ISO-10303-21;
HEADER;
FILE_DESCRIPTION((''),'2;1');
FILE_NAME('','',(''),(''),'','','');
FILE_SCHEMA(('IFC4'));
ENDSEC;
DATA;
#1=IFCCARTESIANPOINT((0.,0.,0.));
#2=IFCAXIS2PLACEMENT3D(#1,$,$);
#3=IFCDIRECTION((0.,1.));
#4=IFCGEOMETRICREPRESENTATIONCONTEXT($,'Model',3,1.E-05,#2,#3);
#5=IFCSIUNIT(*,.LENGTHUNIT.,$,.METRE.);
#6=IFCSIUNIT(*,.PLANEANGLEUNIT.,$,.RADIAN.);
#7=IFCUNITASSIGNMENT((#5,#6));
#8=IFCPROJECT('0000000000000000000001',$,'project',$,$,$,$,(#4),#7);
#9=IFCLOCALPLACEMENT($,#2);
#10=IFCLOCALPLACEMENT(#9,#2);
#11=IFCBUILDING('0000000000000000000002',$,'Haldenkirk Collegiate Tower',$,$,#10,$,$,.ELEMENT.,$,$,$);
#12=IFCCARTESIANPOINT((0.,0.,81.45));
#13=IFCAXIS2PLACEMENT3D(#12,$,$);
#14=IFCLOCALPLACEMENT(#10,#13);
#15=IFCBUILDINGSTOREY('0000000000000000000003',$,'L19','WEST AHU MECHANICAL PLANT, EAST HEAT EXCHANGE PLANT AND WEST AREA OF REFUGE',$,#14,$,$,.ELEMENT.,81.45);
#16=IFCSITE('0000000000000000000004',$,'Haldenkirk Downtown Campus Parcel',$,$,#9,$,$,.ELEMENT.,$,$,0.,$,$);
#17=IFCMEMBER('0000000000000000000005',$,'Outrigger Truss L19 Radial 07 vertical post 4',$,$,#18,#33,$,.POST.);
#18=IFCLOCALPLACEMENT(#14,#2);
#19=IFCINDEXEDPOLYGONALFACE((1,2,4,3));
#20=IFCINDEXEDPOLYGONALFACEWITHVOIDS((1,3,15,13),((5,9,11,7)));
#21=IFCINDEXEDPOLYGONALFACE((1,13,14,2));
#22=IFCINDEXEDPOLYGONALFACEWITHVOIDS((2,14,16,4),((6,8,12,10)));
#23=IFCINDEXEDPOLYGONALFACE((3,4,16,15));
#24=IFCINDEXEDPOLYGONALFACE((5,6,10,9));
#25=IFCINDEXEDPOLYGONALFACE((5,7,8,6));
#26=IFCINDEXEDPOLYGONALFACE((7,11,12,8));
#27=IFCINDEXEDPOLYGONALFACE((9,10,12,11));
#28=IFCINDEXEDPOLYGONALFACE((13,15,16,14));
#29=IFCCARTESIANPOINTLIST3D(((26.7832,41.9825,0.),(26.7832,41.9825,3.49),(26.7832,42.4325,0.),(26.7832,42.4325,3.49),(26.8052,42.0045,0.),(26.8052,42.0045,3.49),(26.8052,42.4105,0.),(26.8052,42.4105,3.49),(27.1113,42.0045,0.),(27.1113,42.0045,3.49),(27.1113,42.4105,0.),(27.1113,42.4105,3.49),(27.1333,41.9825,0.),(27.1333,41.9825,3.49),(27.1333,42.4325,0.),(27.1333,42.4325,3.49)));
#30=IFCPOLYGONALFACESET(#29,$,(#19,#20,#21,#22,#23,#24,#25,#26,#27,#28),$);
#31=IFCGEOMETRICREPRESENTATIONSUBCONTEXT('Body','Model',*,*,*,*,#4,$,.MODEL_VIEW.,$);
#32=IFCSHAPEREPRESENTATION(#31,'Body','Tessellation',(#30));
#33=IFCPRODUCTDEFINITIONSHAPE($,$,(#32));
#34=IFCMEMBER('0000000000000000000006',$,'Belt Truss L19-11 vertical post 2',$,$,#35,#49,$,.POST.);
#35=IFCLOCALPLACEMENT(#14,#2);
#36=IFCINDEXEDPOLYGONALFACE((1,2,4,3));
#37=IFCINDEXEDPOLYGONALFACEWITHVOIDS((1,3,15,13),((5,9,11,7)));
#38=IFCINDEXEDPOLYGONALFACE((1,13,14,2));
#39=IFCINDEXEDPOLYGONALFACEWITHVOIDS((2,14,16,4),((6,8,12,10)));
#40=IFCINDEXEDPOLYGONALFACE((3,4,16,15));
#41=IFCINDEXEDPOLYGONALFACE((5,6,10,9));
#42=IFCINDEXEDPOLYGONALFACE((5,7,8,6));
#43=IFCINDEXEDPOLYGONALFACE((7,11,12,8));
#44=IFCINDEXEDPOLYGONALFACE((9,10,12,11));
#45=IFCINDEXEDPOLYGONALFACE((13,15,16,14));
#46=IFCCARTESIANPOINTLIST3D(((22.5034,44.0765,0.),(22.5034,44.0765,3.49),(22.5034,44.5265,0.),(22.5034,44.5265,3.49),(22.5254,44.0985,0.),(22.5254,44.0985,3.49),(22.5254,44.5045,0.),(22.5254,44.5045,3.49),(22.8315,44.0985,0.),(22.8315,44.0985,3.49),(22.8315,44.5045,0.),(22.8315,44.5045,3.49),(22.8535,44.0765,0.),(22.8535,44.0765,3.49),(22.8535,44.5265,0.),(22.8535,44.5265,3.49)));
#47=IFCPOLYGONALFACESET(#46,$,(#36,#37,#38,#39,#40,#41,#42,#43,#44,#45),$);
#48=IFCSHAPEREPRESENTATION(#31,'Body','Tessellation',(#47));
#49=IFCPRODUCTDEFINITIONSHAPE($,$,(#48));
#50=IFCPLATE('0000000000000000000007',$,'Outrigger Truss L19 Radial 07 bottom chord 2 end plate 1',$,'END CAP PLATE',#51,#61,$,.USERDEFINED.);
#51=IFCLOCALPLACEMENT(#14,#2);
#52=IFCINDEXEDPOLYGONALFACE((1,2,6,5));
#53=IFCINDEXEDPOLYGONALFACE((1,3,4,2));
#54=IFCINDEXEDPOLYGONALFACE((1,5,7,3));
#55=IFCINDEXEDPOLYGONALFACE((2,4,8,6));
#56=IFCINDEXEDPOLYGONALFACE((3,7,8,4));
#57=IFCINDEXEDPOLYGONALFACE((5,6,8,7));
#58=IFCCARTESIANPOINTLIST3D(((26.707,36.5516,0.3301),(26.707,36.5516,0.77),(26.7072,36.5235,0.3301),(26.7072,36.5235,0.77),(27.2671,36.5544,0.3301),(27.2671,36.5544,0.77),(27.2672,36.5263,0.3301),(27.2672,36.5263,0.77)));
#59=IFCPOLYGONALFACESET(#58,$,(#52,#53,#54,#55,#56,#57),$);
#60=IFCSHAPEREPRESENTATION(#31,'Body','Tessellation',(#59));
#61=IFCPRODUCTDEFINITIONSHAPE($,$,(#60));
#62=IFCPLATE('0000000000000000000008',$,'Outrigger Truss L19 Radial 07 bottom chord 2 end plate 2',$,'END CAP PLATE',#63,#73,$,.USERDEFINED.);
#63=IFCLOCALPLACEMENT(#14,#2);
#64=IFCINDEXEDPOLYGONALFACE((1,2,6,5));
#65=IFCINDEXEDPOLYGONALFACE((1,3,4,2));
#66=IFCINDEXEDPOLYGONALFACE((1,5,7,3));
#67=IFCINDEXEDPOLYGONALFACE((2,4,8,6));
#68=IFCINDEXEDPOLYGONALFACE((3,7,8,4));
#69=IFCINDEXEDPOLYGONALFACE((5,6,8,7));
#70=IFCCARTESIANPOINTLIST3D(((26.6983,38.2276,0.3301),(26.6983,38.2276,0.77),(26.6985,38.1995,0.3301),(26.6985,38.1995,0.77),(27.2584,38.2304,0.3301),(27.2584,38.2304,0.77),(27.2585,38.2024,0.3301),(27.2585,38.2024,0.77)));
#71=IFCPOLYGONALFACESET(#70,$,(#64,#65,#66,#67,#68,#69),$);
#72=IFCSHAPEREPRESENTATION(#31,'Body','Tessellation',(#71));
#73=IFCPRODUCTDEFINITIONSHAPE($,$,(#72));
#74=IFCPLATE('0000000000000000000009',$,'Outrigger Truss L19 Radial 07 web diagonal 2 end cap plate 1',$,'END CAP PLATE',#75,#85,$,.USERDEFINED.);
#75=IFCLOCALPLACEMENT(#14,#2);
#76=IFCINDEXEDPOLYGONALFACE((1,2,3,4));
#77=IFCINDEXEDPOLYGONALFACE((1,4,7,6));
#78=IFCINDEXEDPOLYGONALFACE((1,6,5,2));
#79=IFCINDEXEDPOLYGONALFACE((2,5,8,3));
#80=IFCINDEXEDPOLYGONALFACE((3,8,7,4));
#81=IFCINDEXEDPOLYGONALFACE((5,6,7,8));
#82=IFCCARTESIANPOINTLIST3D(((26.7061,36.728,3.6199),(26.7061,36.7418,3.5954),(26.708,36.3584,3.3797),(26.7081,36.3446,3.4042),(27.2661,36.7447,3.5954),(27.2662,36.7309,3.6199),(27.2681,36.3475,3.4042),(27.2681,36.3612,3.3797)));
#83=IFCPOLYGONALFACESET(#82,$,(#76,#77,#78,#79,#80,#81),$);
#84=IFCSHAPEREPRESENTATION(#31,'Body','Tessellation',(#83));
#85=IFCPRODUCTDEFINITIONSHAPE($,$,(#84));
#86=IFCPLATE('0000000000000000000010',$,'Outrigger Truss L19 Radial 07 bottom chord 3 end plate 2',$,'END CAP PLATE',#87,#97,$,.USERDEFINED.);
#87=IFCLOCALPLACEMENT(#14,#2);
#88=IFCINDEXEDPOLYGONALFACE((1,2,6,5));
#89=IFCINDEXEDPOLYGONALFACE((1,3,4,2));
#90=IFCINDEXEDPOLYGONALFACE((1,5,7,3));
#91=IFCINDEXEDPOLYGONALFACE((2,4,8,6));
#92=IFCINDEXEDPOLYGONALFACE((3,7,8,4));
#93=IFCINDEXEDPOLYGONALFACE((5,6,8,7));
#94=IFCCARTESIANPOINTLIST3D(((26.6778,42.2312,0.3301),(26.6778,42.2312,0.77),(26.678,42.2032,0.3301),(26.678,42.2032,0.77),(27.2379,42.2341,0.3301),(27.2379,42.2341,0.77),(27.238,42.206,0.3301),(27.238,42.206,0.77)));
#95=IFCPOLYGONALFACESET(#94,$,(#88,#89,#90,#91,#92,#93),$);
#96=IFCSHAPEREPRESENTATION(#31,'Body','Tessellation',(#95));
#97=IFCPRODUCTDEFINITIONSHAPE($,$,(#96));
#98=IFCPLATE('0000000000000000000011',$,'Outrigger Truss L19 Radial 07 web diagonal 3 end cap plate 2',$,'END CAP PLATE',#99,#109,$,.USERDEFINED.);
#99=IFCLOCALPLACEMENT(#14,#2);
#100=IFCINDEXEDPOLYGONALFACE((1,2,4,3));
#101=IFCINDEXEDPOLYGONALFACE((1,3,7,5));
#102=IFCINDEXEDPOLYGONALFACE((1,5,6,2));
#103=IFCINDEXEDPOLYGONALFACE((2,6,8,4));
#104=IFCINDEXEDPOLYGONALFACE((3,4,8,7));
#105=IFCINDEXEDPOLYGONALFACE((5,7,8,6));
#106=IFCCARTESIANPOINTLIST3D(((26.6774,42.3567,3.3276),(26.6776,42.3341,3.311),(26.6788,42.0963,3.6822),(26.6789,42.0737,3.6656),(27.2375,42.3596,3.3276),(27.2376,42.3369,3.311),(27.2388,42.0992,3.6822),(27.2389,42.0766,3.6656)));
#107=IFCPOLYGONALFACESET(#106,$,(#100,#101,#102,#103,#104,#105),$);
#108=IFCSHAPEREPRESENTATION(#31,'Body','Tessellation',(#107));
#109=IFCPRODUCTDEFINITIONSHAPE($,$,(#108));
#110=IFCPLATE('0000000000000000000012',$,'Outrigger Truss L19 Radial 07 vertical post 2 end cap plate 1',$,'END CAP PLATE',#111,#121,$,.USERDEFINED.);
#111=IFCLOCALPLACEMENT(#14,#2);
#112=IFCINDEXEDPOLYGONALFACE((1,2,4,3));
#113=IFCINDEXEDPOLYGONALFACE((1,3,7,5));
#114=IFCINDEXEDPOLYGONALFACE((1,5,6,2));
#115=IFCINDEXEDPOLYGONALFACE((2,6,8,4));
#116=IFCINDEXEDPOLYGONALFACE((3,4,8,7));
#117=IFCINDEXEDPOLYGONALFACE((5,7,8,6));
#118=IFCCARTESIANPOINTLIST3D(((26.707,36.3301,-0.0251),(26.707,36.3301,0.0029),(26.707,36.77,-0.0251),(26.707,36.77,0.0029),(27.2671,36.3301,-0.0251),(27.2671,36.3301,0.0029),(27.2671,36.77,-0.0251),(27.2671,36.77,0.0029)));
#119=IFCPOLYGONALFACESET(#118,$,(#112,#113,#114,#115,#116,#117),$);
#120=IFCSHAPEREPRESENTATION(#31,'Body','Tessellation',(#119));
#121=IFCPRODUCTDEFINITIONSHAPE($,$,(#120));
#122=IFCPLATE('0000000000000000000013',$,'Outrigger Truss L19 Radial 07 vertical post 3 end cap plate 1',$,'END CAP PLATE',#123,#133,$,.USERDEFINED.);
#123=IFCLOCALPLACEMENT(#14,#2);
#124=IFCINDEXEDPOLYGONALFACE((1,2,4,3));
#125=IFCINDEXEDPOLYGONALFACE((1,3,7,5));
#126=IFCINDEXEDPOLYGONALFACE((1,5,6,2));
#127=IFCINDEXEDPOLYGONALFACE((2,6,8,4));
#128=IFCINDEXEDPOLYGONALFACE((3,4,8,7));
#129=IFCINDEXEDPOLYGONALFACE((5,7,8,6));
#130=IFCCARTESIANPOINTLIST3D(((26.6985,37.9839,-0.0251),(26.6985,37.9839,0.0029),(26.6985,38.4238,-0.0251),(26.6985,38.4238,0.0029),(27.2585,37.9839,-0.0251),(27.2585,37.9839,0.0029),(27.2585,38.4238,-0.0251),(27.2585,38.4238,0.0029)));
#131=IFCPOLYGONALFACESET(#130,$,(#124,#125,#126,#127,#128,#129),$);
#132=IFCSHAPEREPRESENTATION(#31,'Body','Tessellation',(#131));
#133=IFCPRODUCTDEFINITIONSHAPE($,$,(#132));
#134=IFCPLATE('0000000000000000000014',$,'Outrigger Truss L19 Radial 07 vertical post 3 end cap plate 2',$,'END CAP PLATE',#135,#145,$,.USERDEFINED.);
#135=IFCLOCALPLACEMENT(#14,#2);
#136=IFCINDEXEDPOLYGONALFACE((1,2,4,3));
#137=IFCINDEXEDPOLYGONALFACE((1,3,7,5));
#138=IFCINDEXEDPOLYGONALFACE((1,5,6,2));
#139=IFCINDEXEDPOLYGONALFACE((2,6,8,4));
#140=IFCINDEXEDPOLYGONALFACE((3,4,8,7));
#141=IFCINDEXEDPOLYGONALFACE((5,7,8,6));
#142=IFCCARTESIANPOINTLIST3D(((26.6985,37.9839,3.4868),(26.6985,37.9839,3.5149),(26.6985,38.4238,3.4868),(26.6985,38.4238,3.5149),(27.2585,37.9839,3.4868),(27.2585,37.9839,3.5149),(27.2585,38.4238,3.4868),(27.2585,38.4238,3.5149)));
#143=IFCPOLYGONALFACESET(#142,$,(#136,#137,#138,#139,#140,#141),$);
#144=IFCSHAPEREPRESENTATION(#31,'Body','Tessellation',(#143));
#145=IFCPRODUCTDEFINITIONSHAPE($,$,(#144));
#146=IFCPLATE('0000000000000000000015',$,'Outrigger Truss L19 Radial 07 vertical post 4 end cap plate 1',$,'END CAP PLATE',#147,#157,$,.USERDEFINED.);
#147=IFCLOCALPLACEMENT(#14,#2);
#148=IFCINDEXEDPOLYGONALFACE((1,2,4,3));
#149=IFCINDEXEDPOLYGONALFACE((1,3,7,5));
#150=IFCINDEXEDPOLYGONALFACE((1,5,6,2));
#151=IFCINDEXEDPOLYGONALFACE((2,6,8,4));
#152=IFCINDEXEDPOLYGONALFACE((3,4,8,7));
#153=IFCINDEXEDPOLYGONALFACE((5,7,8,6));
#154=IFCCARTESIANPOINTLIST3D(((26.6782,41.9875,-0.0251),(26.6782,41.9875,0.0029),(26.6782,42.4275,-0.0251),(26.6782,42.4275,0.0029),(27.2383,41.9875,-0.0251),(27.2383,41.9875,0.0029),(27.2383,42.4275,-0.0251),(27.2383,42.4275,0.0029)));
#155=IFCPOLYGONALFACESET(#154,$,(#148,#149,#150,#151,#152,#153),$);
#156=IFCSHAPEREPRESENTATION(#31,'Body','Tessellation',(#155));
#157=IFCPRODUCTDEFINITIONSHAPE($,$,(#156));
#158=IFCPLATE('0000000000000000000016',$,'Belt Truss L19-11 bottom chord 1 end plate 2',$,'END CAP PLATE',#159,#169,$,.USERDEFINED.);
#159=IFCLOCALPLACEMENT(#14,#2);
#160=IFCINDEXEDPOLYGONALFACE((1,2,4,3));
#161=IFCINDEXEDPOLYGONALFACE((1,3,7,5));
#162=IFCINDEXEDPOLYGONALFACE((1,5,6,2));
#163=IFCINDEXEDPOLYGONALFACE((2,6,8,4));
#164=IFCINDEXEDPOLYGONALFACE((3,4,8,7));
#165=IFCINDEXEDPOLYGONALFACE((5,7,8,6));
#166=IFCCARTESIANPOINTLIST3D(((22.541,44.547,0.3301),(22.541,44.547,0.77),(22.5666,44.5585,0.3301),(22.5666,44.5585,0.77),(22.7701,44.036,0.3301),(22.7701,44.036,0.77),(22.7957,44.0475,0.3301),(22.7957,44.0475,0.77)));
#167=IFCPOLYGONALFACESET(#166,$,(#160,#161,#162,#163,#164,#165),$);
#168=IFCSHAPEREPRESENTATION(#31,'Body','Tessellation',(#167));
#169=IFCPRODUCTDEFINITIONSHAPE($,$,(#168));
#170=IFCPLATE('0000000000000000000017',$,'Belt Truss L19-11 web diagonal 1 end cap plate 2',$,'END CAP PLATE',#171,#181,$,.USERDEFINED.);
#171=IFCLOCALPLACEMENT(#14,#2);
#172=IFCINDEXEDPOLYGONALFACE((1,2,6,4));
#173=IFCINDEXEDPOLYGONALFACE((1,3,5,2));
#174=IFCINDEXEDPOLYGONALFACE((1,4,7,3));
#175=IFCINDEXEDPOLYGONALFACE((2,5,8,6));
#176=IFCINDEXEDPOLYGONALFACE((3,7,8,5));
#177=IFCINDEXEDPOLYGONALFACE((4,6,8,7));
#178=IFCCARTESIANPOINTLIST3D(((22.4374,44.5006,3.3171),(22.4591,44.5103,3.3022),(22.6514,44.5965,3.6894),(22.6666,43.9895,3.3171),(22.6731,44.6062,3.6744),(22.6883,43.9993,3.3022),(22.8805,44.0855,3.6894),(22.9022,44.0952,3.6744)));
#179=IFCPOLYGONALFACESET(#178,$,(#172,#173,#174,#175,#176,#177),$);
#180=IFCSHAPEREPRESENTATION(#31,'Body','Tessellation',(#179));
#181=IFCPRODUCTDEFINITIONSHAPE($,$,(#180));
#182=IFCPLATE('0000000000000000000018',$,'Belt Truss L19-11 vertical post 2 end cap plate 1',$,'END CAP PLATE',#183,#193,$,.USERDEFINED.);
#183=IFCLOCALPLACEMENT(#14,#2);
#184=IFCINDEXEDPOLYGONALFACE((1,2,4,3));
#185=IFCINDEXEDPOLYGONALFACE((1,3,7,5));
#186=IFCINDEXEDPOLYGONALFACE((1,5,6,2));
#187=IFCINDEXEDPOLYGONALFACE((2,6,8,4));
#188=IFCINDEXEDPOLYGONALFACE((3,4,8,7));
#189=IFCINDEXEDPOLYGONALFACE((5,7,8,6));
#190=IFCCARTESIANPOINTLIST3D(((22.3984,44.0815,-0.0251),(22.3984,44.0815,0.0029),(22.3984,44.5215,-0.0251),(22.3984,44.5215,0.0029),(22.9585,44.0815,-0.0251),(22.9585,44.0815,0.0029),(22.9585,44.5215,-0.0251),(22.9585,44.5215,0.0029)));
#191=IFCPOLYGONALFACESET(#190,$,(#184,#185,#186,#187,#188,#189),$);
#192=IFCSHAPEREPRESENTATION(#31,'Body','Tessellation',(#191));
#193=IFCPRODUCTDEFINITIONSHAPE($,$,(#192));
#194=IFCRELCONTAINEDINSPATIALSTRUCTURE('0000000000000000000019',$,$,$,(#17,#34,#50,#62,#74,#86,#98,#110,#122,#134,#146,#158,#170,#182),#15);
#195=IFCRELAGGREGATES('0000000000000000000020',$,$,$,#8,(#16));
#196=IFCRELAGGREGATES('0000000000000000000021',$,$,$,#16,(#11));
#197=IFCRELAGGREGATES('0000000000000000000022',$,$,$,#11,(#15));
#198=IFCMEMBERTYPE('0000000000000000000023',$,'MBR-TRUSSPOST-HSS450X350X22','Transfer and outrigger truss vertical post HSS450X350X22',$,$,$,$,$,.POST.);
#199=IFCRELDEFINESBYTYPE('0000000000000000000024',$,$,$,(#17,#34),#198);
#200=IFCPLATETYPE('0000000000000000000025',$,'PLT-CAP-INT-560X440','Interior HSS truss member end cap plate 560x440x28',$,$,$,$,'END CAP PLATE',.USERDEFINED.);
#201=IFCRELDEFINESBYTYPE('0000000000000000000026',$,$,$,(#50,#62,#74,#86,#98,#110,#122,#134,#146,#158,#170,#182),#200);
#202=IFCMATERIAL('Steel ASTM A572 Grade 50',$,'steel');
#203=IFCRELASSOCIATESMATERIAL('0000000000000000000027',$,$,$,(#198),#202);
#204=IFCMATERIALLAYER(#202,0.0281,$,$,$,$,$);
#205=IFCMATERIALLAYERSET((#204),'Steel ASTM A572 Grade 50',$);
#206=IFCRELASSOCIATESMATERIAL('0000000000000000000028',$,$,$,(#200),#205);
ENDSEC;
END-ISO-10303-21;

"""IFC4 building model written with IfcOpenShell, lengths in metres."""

from ifc_helpers import new_model, si_unit, direction, frame, origin, origin_2d, place, context, subcontext, project, spatial, rectangle, hollow_rectangle, extrude, source, transform, mapped, material, layer, layer_set, material_profile, profile_set, type_object, element, save


model = new_model("IFC4")

# Units and contexts
model_context = context("Model", 3, precision=1e-05, world=origin(), true_north=direction((0.0, 1.0)))
body_context = subcontext(model_context, "Body", "Model", "MODEL_VIEW")
ifc_project = project(units=[si_unit("LENGTHUNIT", "METRE"), si_unit("PLANEANGLEUNIT", "RADIAN")], contexts=[model_context])

# Site, building, storey
site_placement = place(None, origin())
site = spatial("IfcSite", under=ifc_project, at=site_placement, Name="Haldenkirk Downtown Campus Parcel", CompositionType="ELEMENT", RefElevation=0.0)
building_placement = place(site_placement, origin())
building = spatial("IfcBuilding", under=site, at=building_placement, Name="Haldenkirk Collegiate Tower", CompositionType="ELEMENT")
storey_placement = place(building_placement, frame((0.0, 0.0, 81.45)))
storey = spatial("IfcBuildingStorey", under=building, at=storey_placement, Name="L19", Description="WEST AHU MECHANICAL PLANT, EAST HEAT EXCHANGE PLANT AND WEST AREA OF REFUGE", CompositionType="ELEMENT", Elevation=81.45)

# Members
ifc_material_1 = material(Name="Steel ASTM A572 Grade 50", Category="steel")
ifc_material_profile_1 = material_profile(ifc_material_1, hollow_rectangle(XDim=0.3501, YDim=0.45, WallThickness=0.022, at=origin_2d()), Name="HSS450X350X22")
ifc_profile_set_1 = profile_set([ifc_material_profile_1], Name="Steel ASTM A572 Grade 50")
member_type_1 = type_object("IfcMemberType", Name="MBR-TRUSSPOST-HSS450X350X22", Description="Transfer and outrigger truss vertical post HSS450X350X22", PredefinedType="POST", material=ifc_profile_set_1)
for number, where, z_axis, x_axis, name in (
    (1, (26.9583, 42.2075, 0.0), (0.0, 0.0, 1.0), (1.0, 0.0, 0.0), "Outrigger Truss L19 Radial 07 vertical post 4"),
    (2, (22.6785, 44.3015, 0.0), (0.0, 0.0, 1.0), (1.0, 0.0, 0.0), "Belt Truss L19-11 vertical post 2"),
):
    element("IfcMember", number, at=place(storey_placement, frame(where, z_axis=z_axis, x_axis=x_axis)), inside=storey, type_object=member_type_1, Name=name, PredefinedType="POST", context=body_context, shape_type="SweptSolid", body=[
        extrude(hollow_rectangle(XDim=0.3501, YDim=0.45, WallThickness=0.022, at=origin_2d()), origin(), (0.0, 0.0, 1.0), 3.49),
    ])

# Plates
ifc_layer = layer(ifc_material_1, 0.0281)
ifc_layer_set = layer_set([ifc_layer], Name="Steel ASTM A572 Grade 50")
plate_type = type_object("IfcPlateType", Name="PLT-CAP-INT-560X440", Description="Interior HSS truss member end cap plate 560x440x28", ElementType="END CAP PLATE", PredefinedType="USERDEFINED", material=ifc_layer_set)
shared_shape = source(origin(), body_context, "Body", "SweptSolid", [
    extrude(rectangle(XDim=0.5601, YDim=0.4399, at=origin_2d()), origin(), (0.0, 0.0, 1.0), 0.0281),
])
for number, where, z_axis, x_axis, name in (
    (3, (26.9871, 36.553, 0.55), (0.005095, -0.999987, 0.0), (0.999987, 0.005095, 0.0), "Outrigger Truss L19 Radial 07 bottom chord 2 end plate 1"),
    (4, (26.9785, 38.2009, 0.55), (-0.005095, 0.999987, 0.0), (-0.999987, -0.005095, 0.0), "Outrigger Truss L19 Radial 07 bottom chord 2 end plate 2"),
    (5, (26.9871, 36.5515, 3.4875), (0.00249, -0.490271, 0.871567), (0.999987, 0.005079, 0.0), "Outrigger Truss L19 Radial 07 web diagonal 2 end cap plate 1"),
    (6, (26.958, 42.2046, 0.55), (-0.005095, 0.999987, 0.0), (-0.999987, -0.005095, 0.0), "Outrigger Truss L19 Radial 07 bottom chord 3 end plate 2"),
    (7, (26.9583, 42.2053, 3.4883), (-0.004107, 0.806025, 0.591867), (-0.999987, -0.005095, 0.0), "Outrigger Truss L19 Radial 07 web diagonal 3 end cap plate 2"),
    (8, (26.9871, 36.55, 0.0029), (0.0, 0.0, -1.0), (1.0, 0.0, 0.0), "Outrigger Truss L19 Radial 07 vertical post 2 end cap plate 1"),
    (9, (26.9785, 38.2039, 0.0029), (0.0, 0.0, -1.0), (1.0, 0.0, 0.0), "Outrigger Truss L19 Radial 07 vertical post 3 end cap plate 1"),
    (10, (26.9785, 38.2039, 3.4868), (0.0, 0.0, 1.0), (1.0, 0.0, 0.0), "Outrigger Truss L19 Radial 07 vertical post 3 end cap plate 2"),
    (11, (26.9583, 42.2075, 0.0029), (0.0, 0.0, -1.0), (1.0, 0.0, 0.0), "Outrigger Truss L19 Radial 07 vertical post 4 end cap plate 1"),
    (12, (22.6812, 44.303, 0.55), (-0.912477, -0.409127, 0.0), (0.409127, -0.912477, 0.0), "Belt Truss L19-11 bottom chord 1 end plate 2"),
    (13, (22.6807, 44.3027, 3.4883), (-0.772099, -0.346188, 0.532932), (0.40913, -0.912476, 0.0), "Belt Truss L19-11 web diagonal 1 end cap plate 2"),
    (14, (22.6785, 44.3015, 0.0029), (0.0, 0.0, -1.0), (1.0, 0.0, 0.0), "Belt Truss L19-11 vertical post 2 end cap plate 1"),
):
    element("IfcPlate", number, at=place(storey_placement, frame(where, z_axis=z_axis, x_axis=x_axis)), inside=storey, type_object=plate_type, Name=name, ObjectType="END CAP PLATE", PredefinedType="USERDEFINED", context=body_context, shape_type="MappedRepresentation", body=[
        mapped(shared_shape, transform((0.0, 0.0, 0.0), x_axis=(1.0, 0.0, 0.0), y_axis=(0.0, 1.0, 0.0), z_axis=(0.0, 0.0, 1.0), scale=1.0)),
    ])

save(model, "model.ifc")
